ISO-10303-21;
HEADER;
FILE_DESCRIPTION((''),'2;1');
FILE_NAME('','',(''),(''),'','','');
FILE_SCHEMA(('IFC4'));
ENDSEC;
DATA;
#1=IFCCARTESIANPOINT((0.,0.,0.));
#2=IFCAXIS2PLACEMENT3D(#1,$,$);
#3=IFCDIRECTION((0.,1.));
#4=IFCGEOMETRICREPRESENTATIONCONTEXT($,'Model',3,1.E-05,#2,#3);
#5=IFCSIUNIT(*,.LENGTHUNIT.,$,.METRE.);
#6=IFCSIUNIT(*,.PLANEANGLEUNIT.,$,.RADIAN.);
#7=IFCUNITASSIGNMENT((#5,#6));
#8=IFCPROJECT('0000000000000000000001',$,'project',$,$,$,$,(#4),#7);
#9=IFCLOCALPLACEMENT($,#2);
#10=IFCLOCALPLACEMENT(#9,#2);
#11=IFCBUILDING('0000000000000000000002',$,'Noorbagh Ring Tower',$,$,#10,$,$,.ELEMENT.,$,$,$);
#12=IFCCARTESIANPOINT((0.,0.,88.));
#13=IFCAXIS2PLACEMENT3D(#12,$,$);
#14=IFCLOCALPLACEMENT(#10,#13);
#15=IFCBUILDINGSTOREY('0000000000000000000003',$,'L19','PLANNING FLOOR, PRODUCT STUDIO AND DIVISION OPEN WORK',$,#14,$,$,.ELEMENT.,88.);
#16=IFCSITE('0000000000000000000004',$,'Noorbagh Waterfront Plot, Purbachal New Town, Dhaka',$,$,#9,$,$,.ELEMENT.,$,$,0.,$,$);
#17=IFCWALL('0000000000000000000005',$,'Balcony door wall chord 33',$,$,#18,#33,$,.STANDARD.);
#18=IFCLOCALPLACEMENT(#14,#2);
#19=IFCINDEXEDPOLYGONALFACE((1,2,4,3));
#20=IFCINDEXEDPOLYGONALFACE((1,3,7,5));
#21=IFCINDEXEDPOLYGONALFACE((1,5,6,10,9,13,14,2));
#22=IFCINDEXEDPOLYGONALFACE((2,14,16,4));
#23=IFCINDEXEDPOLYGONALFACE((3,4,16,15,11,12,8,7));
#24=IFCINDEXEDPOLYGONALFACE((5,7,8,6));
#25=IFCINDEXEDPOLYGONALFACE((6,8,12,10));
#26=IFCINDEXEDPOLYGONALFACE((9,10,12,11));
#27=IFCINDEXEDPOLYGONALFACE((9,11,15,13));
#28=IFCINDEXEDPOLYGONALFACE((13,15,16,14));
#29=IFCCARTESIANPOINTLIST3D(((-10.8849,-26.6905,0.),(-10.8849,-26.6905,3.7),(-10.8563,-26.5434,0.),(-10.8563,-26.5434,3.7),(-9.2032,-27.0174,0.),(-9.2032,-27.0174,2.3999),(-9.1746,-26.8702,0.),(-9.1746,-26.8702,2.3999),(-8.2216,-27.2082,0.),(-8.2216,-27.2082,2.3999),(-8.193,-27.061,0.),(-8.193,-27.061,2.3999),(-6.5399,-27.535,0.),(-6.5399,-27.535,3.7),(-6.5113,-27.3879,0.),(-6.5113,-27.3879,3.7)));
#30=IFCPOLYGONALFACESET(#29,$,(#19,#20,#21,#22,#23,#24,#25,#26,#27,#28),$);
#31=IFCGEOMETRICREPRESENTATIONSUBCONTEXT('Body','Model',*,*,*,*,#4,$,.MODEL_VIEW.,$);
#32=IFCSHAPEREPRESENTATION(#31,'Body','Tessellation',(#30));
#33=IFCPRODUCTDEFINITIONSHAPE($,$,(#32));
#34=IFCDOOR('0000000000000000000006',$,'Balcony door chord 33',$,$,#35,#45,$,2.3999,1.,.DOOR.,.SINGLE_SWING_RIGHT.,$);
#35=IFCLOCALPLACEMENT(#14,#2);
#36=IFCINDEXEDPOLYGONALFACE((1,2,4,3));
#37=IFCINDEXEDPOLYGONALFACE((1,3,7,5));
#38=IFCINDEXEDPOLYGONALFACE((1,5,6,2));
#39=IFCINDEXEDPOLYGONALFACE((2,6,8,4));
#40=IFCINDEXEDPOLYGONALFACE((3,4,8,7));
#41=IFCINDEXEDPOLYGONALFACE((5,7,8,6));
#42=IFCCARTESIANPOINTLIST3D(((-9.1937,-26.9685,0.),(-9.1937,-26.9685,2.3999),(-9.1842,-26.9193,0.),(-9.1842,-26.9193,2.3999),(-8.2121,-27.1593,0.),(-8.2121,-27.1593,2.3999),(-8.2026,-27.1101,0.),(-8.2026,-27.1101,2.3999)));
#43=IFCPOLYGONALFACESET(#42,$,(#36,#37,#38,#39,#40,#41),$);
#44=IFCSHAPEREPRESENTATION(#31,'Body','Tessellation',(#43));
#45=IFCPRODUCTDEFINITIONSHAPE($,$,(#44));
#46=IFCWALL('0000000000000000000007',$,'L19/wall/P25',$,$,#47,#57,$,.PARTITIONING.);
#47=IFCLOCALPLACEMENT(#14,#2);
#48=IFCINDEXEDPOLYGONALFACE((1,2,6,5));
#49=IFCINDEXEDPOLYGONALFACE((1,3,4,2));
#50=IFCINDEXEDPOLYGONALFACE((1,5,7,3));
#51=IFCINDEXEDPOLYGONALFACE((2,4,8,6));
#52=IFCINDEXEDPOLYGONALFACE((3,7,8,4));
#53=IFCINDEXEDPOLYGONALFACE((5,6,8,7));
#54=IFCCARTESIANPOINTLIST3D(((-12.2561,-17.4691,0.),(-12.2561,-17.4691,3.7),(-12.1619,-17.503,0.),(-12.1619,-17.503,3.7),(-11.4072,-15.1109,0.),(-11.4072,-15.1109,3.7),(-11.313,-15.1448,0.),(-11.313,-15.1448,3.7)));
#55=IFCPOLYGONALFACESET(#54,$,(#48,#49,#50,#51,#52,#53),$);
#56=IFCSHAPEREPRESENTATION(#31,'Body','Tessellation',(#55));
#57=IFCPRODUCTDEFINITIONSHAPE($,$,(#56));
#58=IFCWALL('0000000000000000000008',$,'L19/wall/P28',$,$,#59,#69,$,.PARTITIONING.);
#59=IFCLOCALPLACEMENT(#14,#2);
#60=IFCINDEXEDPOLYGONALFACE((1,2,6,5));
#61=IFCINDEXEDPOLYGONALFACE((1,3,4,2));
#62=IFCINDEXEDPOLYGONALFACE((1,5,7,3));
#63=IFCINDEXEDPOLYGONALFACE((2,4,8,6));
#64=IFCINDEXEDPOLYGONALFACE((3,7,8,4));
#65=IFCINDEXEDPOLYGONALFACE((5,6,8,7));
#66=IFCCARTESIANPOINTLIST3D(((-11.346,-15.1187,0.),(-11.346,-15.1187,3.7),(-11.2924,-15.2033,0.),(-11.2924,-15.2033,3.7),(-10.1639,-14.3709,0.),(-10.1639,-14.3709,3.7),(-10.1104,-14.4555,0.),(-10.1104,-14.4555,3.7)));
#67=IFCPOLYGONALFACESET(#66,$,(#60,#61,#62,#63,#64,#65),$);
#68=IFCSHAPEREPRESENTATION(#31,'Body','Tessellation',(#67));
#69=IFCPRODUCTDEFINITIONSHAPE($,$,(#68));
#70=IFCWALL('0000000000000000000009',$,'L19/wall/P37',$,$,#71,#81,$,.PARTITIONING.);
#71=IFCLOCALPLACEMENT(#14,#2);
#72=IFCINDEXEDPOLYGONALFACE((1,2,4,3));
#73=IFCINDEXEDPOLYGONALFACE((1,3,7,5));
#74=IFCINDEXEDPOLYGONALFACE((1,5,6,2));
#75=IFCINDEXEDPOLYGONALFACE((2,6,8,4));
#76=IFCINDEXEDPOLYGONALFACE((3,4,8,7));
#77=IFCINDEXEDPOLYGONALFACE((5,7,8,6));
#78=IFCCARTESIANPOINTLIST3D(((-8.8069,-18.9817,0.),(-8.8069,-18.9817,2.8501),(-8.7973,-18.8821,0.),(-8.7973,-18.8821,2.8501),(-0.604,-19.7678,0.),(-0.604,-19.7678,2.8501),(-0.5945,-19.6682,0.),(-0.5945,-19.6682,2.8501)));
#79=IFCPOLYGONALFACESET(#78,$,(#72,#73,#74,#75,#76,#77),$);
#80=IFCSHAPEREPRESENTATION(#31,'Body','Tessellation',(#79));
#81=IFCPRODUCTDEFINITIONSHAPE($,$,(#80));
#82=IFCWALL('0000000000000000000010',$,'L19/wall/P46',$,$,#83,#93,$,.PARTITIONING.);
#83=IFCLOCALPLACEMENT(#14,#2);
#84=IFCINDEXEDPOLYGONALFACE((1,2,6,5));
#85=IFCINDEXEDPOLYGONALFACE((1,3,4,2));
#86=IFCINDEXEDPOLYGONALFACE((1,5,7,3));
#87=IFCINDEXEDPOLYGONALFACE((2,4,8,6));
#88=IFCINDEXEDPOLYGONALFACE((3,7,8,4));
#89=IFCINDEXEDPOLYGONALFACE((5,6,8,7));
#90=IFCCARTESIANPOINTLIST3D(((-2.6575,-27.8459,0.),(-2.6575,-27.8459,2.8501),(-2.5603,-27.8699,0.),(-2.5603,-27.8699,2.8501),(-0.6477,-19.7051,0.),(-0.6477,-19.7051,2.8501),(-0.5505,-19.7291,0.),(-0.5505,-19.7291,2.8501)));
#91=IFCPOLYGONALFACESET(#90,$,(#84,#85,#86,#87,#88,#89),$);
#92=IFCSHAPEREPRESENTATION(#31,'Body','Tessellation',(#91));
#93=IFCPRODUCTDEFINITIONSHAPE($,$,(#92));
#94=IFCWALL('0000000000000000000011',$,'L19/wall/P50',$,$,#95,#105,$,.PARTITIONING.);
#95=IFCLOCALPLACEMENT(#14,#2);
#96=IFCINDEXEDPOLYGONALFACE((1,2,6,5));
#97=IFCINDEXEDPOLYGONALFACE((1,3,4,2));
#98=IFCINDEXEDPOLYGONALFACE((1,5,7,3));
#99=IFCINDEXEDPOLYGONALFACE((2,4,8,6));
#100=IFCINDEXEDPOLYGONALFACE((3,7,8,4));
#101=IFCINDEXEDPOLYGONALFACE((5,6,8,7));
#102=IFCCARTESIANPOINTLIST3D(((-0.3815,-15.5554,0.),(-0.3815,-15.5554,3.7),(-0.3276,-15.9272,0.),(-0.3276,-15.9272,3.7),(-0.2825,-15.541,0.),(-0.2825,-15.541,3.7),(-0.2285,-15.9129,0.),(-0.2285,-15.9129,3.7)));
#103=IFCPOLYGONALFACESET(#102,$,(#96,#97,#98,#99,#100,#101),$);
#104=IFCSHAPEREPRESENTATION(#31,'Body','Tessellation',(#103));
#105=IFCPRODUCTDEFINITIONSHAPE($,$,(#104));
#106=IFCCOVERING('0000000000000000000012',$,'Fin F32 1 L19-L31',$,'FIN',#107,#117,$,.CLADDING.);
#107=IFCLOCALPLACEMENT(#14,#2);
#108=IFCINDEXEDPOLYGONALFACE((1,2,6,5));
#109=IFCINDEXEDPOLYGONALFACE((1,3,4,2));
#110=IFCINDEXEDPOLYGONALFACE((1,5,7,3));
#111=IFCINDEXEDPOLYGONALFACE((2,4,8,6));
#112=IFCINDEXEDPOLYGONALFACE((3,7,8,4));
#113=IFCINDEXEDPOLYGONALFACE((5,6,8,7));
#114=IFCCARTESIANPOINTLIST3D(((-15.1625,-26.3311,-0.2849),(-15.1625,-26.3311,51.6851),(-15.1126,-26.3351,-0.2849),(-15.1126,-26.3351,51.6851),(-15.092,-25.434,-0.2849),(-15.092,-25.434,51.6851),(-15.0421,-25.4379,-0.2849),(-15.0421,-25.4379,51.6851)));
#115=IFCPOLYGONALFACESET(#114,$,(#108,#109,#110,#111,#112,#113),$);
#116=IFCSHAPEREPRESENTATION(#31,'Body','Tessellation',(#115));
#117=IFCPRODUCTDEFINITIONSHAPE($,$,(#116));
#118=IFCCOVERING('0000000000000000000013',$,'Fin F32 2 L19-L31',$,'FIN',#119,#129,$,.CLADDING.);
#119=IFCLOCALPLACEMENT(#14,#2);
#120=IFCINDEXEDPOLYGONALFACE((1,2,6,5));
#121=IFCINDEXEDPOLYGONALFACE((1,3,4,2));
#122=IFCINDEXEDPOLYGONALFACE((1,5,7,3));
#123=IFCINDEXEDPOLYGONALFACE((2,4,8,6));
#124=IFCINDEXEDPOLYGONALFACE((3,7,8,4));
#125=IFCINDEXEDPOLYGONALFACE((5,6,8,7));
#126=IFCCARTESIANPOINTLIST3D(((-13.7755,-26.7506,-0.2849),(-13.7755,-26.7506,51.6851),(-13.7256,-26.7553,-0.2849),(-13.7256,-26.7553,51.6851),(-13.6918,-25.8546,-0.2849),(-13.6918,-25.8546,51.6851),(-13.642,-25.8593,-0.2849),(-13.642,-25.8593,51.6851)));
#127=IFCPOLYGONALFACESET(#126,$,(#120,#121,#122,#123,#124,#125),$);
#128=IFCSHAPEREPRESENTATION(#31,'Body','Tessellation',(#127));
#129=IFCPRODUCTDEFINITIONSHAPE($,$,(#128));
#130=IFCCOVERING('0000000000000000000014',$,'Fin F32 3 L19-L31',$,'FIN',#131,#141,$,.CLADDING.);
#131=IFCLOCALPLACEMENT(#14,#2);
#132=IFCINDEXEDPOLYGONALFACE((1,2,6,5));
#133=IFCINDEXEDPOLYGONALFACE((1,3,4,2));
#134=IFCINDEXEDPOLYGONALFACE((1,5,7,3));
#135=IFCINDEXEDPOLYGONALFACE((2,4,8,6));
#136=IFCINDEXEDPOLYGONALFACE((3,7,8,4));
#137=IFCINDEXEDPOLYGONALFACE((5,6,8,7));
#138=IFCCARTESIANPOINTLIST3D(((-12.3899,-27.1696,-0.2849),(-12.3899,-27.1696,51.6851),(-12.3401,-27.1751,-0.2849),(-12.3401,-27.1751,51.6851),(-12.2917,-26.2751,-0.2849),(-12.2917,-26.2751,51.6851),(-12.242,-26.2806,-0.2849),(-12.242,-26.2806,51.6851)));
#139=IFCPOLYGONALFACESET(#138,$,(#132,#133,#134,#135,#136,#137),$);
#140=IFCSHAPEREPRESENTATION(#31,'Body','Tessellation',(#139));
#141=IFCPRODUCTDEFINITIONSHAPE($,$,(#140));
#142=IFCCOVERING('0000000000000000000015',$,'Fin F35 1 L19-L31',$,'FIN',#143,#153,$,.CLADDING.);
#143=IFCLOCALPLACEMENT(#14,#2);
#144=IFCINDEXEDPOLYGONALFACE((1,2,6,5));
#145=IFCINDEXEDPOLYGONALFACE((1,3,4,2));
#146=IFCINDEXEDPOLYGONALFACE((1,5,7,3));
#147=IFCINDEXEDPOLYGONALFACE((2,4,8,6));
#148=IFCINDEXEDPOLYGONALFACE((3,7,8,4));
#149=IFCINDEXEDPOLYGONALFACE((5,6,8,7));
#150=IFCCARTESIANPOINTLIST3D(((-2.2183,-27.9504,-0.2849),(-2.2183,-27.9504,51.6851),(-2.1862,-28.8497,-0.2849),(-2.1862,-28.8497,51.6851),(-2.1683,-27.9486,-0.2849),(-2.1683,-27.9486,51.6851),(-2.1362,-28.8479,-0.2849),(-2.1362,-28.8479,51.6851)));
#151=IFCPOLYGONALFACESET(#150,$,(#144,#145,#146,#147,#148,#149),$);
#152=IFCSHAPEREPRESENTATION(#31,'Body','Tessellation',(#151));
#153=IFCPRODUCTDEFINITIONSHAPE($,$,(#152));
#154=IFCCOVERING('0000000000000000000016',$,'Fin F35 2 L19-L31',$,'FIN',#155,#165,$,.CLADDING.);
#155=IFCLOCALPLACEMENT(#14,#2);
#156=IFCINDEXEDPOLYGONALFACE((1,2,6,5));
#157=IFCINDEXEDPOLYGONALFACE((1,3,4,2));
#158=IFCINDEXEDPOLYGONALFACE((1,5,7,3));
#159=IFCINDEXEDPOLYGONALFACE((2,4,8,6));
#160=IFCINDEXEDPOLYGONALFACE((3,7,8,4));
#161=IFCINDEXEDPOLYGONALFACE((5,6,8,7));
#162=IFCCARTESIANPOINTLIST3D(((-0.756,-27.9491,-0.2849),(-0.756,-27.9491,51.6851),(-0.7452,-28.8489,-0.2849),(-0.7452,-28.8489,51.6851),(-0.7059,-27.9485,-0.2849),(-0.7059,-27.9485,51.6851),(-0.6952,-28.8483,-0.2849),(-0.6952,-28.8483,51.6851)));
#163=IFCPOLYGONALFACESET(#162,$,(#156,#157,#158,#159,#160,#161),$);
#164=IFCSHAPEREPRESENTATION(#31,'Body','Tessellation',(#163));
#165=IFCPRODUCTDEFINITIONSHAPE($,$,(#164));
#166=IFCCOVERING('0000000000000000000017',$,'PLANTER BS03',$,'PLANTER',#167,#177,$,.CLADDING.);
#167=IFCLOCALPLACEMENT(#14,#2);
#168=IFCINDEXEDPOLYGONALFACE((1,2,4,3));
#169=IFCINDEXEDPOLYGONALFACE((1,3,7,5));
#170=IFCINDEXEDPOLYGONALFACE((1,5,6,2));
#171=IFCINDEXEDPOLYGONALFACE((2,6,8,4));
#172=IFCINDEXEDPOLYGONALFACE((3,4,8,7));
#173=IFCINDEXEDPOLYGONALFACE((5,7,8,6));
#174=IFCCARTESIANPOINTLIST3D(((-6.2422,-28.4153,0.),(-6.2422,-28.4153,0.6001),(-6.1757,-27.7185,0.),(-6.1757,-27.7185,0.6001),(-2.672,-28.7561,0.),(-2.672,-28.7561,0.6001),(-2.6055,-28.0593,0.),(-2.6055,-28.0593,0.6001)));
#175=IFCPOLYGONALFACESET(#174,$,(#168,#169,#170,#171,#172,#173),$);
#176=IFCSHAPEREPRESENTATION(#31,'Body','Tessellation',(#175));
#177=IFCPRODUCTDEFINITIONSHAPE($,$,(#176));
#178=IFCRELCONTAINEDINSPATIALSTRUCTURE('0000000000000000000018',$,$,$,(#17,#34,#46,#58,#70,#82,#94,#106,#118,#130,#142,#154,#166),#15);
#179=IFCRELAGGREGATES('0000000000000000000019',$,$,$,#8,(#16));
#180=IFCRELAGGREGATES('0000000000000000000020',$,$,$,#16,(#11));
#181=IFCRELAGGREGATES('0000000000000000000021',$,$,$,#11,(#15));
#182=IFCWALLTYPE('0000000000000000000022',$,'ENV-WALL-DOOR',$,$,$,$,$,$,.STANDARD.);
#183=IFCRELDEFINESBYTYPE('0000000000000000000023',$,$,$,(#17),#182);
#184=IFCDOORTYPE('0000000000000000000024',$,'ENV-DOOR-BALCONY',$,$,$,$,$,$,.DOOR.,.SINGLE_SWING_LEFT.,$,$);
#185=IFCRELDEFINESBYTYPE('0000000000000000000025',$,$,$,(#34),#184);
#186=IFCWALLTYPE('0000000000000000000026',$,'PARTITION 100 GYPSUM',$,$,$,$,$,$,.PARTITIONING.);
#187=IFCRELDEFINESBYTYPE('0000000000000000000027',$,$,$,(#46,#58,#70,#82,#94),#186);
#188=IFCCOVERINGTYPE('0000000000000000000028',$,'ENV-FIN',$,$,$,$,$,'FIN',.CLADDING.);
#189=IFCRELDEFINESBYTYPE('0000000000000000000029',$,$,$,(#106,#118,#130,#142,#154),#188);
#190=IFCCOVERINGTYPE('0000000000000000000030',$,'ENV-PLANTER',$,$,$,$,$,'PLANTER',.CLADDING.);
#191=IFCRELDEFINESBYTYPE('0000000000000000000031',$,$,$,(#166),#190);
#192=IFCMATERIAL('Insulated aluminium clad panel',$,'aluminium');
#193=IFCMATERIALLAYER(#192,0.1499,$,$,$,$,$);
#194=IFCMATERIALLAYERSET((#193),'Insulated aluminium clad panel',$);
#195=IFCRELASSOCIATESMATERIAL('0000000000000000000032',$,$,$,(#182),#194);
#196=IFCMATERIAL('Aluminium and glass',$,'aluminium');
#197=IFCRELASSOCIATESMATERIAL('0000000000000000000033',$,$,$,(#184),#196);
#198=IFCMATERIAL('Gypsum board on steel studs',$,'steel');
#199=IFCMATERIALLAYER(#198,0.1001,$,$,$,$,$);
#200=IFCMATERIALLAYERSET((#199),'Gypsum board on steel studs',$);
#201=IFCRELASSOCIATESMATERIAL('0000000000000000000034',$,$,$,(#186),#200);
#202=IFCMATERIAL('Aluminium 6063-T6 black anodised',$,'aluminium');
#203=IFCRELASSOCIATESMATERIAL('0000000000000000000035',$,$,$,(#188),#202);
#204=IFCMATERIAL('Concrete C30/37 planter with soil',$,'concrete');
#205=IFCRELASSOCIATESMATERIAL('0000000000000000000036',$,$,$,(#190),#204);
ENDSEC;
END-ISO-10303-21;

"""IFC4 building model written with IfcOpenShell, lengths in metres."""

from ifc_helpers import new_model, si_unit, direction, frame, frame_2d, origin, origin_2d, place, context, subcontext, project, spatial, rectangle, extrude, material, layer, layer_set, material_profile, profile_set, type_object, element, fill, save


model = new_model("IFC4")

# Units and contexts
model_context = context("Model", 3, precision=1e-05, world=origin(), true_north=direction((0.0, 1.0)))
body_context = subcontext(model_context, "Body", "Model", "MODEL_VIEW")
ifc_project = project(units=[si_unit("LENGTHUNIT", "METRE"), si_unit("PLANEANGLEUNIT", "RADIAN")], contexts=[model_context])

# Site, building, storey
site_placement = place(None, origin())
site = spatial("IfcSite", under=ifc_project, at=site_placement, Name="Noorbagh Waterfront Plot, Purbachal New Town, Dhaka", CompositionType="ELEMENT", RefElevation=0.0)
building_placement = place(site_placement, origin())
building = spatial("IfcBuilding", under=site, at=building_placement, Name="Noorbagh Ring Tower", CompositionType="ELEMENT")
storey_placement = place(building_placement, frame((0.0, 0.0, 88.0)))
storey = spatial("IfcBuildingStorey", under=building, at=storey_placement, Name="L19", Description="PLANNING FLOOR, PRODUCT STUDIO AND DIVISION OPEN WORK", CompositionType="ELEMENT", Elevation=88.0)

# Wall, opening, door
ifc_material_1 = material(Name="Insulated aluminium clad panel", Category="aluminium")
ifc_layer_1 = layer(ifc_material_1, 0.1499)
ifc_layer_set_1 = layer_set([ifc_layer_1], Name="Insulated aluminium clad panel")
wall_type_1 = type_object("IfcWallType", Name="ENV-WALL-DOOR", PredefinedType="STANDARD", material=ifc_layer_set_1)
wall_1_placement = place(storey_placement, frame((-10.8706, -26.6169, 0.0), z_axis=(0.0, 0.0, 1.0), x_axis=(0.981631, -0.190788, 0.0)))
wall_1 = element("IfcWall", 1, at=wall_1_placement, inside=storey, type_object=wall_type_1, Name="Balcony door wall chord 33", PredefinedType="STANDARD", context=body_context, shape_type="SweptSolid", body=[
    extrude(rectangle(XDim=4.4263, YDim=0.1499, at=frame_2d((2.2131, 0.0))), origin(), (0.0, 0.0, 1.0), 3.7),
])
opening_placement = place(wall_1_placement, frame((1.7131, 0.0, 0.0)))
opening = element("IfcOpeningElement", 2, at=opening_placement, cuts=wall_1, PredefinedType="OPENING", context=body_context, shape_type="SweptSolid", body=[
    extrude(rectangle(XDim=1.0, YDim=2.3999, at=frame_2d((0.5, 1.2))), frame((0.0, 0.085, 0.0), z_axis=(0.0, -1.0, 0.0), x_axis=(1.0, 0.0, 0.0)), (0.0, 0.0, 1.0), 0.1699),
])
ifc_material_2 = material(Name="Aluminium and glass", Category="aluminium")
door_type = type_object("IfcDoorType", Name="ENV-DOOR-BALCONY", OperationType="SINGLE_SWING_LEFT", PredefinedType="DOOR", material=ifc_material_2)
door_placement = place(opening_placement, origin())
door = element("IfcDoor", 3, at=door_placement, inside=storey, type_object=door_type, Name="Balcony door chord 33", OperationType="SINGLE_SWING_RIGHT", OverallHeight=2.3999, OverallWidth=1.0, PredefinedType="DOOR", context=body_context, shape_type="SweptSolid", body=[
    extrude(rectangle(XDim=1.0, YDim=2.3999, at=frame_2d((0.5, 1.2))), frame((0.0, 0.0249, 0.0), z_axis=(0.0, -1.0, 0.0), x_axis=(1.0, 0.0, 0.0)), (0.0, 0.0, 1.0), 0.05),
])
fill(opening, door)

# Walls
ifc_material_3 = material(Name="Gypsum board on steel studs", Category="steel")
ifc_layer_2 = layer(ifc_material_3, 0.1001)
ifc_layer_set_2 = layer_set([ifc_layer_2], Name="Gypsum board on steel studs")
wall_type_2 = type_object("IfcWallType", Name="PARTITION 100 GYPSUM", PredefinedType="PARTITIONING", material=ifc_layer_set_2)
wall_2_placement = place(storey_placement, frame((-12.209, -17.4861, 0.0), z_axis=(0.0, 0.0, 1.0), x_axis=(0.338699, 0.940895, 0.0)))
element("IfcWall", 4, at=wall_2_placement, inside=storey, type_object=wall_type_2, Name="L19/wall/P25", PredefinedType="PARTITIONING", context=body_context, shape_type="SweptSolid", body=[
    extrude(rectangle(XDim=2.5063, YDim=0.1001, at=frame_2d((1.2532, 0.0))), origin(), (0.0, 0.0, 1.0), 3.7),
])
wall_3_placement = place(storey_placement, frame((-11.3191, -15.1609, 0.0), z_axis=(0.0, 0.0, 1.0), x_axis=(0.845103, 0.534604, 0.0)))
element("IfcWall", 5, at=wall_3_placement, inside=storey, type_object=wall_type_2, Name="L19/wall/P28", PredefinedType="PARTITIONING", context=body_context, shape_type="SweptSolid", body=[
    extrude(rectangle(XDim=1.3987, YDim=0.1001, at=frame_2d((0.6992, 0.0))), origin(), (0.0, 0.0, 1.0), 3.7),
])
wall_4_placement = place(storey_placement, frame((-8.802, -18.9319, 0.0), z_axis=(0.0, 0.0, 1.0), x_axis=(0.995439, -0.095399, 0.0)))
element("IfcWall", 6, at=wall_4_placement, inside=storey, type_object=wall_type_2, Name="L19/wall/P37", PredefinedType="PARTITIONING", context=body_context, shape_type="SweptSolid", body=[
    extrude(rectangle(XDim=8.2405, YDim=0.1001, at=frame_2d((4.1201, 0.0))), origin(), (0.0, 0.0, 1.0), 2.8501),
])
wall_5_placement = place(storey_placement, frame((-2.6089, -27.8579, 0.0), z_axis=(0.0, 0.0, 1.0), x_axis=(0.239678, 0.970852, 0.0)))
element("IfcWall", 7, at=wall_5_placement, inside=storey, type_object=wall_type_2, Name="L19/wall/P46", PredefinedType="PARTITIONING", context=body_context, shape_type="SweptSolid", body=[
    extrude(rectangle(XDim=8.3853, YDim=0.1001, at=frame_2d((4.1926, 0.0))), origin(), (0.0, 0.0, 1.0), 2.8501),
])
wall_6_placement = place(storey_placement, frame((-0.332, -15.5481, 0.0), z_axis=(0.0, 0.0, 1.0), x_axis=(0.143604, -0.989635, 0.0)))
element("IfcWall", 8, at=wall_6_placement, inside=storey, type_object=wall_type_2, Name="L19/wall/P50", PredefinedType="PARTITIONING", context=body_context, shape_type="SweptSolid", body=[
    extrude(rectangle(XDim=0.3757, YDim=0.1001, at=frame_2d((0.188, 0.0))), origin(), (0.0, 0.0, 1.0), 3.7),
])

# Coverings
ifc_material_4 = material(Name="Aluminium 6063-T6 black anodised", Category="aluminium")
ifc_material_profile_1 = material_profile(ifc_material_4, rectangle(XDim=0.8999, YDim=0.05, at=origin_2d()), Name="900x50")
ifc_profile_set_1 = profile_set([ifc_material_profile_1], Name="Aluminium 6063-T6 black anodised")
covering_type_1 = type_object("IfcCoveringType", Name="ENV-FIN", ElementType="FIN", PredefinedType="CLADDING", material=ifc_profile_set_1)
for number, where, z_axis, x_axis, name in (
    (9, (-15.1023, -25.8845, -0.2849), (0.0, 0.0, 1.0), (-0.078357, -0.996925, 0.0), "Fin F32 1 L19-L31"),
    (10, (-13.7087, -26.3049, -0.2849), (0.0, 0.0, 1.0), (-0.092918, -0.995674, 0.0), "Fin F32 2 L19-L31"),
    (11, (-12.3159, -26.7251, -0.2849), (0.0, 0.0, 1.0), (-0.109101, -0.994031, 0.0), "Fin F32 3 L19-L31"),
    (12, (-2.1772, -28.3992, -0.2849), (0.0, 0.0, 1.0), (0.035641, -0.999365, 0.0), "Fin F35 1 L19-L31"),
    (13, (-0.7256, -28.3987, -0.2849), (0.0, 0.0, 1.0), (0.011915, -0.999929, 0.0), "Fin F35 2 L19-L31"),
):
    element("IfcCovering", number, at=place(storey_placement, frame(where, z_axis=z_axis, x_axis=x_axis)), inside=storey, type_object=covering_type_1, Name=name, ObjectType="FIN", PredefinedType="CLADDING", context=body_context, shape_type="SweptSolid", body=[
        extrude(rectangle(XDim=0.8999, YDim=0.05, at=origin_2d()), origin(), (0.0, 0.0, 1.0), 51.97),
    ])

# Covering
ifc_material_5 = material(Name="Concrete C30/37 planter with soil", Category="concrete")
covering_type_2 = type_object("IfcCoveringType", Name="ENV-PLANTER", ElementType="PLANTER", PredefinedType="CLADDING", material=ifc_material_5)
covering_placement = place(storey_placement, frame((-4.4238, -28.2373, 0.0), z_axis=(0.0, 0.0, 1.0), x_axis=(0.995476, -0.095008, 0.0)))
element("IfcCovering", 14, at=covering_placement, inside=storey, type_object=covering_type_2, Name="PLANTER BS03", ObjectType="PLANTER", PredefinedType="CLADDING", context=body_context, shape_type="SweptSolid", body=[
    extrude(rectangle(XDim=3.5864, YDim=0.7, at=origin_2d()), origin(), (0.0, 0.0, 1.0), 0.6001),
])

save(model, "model.ifc")
